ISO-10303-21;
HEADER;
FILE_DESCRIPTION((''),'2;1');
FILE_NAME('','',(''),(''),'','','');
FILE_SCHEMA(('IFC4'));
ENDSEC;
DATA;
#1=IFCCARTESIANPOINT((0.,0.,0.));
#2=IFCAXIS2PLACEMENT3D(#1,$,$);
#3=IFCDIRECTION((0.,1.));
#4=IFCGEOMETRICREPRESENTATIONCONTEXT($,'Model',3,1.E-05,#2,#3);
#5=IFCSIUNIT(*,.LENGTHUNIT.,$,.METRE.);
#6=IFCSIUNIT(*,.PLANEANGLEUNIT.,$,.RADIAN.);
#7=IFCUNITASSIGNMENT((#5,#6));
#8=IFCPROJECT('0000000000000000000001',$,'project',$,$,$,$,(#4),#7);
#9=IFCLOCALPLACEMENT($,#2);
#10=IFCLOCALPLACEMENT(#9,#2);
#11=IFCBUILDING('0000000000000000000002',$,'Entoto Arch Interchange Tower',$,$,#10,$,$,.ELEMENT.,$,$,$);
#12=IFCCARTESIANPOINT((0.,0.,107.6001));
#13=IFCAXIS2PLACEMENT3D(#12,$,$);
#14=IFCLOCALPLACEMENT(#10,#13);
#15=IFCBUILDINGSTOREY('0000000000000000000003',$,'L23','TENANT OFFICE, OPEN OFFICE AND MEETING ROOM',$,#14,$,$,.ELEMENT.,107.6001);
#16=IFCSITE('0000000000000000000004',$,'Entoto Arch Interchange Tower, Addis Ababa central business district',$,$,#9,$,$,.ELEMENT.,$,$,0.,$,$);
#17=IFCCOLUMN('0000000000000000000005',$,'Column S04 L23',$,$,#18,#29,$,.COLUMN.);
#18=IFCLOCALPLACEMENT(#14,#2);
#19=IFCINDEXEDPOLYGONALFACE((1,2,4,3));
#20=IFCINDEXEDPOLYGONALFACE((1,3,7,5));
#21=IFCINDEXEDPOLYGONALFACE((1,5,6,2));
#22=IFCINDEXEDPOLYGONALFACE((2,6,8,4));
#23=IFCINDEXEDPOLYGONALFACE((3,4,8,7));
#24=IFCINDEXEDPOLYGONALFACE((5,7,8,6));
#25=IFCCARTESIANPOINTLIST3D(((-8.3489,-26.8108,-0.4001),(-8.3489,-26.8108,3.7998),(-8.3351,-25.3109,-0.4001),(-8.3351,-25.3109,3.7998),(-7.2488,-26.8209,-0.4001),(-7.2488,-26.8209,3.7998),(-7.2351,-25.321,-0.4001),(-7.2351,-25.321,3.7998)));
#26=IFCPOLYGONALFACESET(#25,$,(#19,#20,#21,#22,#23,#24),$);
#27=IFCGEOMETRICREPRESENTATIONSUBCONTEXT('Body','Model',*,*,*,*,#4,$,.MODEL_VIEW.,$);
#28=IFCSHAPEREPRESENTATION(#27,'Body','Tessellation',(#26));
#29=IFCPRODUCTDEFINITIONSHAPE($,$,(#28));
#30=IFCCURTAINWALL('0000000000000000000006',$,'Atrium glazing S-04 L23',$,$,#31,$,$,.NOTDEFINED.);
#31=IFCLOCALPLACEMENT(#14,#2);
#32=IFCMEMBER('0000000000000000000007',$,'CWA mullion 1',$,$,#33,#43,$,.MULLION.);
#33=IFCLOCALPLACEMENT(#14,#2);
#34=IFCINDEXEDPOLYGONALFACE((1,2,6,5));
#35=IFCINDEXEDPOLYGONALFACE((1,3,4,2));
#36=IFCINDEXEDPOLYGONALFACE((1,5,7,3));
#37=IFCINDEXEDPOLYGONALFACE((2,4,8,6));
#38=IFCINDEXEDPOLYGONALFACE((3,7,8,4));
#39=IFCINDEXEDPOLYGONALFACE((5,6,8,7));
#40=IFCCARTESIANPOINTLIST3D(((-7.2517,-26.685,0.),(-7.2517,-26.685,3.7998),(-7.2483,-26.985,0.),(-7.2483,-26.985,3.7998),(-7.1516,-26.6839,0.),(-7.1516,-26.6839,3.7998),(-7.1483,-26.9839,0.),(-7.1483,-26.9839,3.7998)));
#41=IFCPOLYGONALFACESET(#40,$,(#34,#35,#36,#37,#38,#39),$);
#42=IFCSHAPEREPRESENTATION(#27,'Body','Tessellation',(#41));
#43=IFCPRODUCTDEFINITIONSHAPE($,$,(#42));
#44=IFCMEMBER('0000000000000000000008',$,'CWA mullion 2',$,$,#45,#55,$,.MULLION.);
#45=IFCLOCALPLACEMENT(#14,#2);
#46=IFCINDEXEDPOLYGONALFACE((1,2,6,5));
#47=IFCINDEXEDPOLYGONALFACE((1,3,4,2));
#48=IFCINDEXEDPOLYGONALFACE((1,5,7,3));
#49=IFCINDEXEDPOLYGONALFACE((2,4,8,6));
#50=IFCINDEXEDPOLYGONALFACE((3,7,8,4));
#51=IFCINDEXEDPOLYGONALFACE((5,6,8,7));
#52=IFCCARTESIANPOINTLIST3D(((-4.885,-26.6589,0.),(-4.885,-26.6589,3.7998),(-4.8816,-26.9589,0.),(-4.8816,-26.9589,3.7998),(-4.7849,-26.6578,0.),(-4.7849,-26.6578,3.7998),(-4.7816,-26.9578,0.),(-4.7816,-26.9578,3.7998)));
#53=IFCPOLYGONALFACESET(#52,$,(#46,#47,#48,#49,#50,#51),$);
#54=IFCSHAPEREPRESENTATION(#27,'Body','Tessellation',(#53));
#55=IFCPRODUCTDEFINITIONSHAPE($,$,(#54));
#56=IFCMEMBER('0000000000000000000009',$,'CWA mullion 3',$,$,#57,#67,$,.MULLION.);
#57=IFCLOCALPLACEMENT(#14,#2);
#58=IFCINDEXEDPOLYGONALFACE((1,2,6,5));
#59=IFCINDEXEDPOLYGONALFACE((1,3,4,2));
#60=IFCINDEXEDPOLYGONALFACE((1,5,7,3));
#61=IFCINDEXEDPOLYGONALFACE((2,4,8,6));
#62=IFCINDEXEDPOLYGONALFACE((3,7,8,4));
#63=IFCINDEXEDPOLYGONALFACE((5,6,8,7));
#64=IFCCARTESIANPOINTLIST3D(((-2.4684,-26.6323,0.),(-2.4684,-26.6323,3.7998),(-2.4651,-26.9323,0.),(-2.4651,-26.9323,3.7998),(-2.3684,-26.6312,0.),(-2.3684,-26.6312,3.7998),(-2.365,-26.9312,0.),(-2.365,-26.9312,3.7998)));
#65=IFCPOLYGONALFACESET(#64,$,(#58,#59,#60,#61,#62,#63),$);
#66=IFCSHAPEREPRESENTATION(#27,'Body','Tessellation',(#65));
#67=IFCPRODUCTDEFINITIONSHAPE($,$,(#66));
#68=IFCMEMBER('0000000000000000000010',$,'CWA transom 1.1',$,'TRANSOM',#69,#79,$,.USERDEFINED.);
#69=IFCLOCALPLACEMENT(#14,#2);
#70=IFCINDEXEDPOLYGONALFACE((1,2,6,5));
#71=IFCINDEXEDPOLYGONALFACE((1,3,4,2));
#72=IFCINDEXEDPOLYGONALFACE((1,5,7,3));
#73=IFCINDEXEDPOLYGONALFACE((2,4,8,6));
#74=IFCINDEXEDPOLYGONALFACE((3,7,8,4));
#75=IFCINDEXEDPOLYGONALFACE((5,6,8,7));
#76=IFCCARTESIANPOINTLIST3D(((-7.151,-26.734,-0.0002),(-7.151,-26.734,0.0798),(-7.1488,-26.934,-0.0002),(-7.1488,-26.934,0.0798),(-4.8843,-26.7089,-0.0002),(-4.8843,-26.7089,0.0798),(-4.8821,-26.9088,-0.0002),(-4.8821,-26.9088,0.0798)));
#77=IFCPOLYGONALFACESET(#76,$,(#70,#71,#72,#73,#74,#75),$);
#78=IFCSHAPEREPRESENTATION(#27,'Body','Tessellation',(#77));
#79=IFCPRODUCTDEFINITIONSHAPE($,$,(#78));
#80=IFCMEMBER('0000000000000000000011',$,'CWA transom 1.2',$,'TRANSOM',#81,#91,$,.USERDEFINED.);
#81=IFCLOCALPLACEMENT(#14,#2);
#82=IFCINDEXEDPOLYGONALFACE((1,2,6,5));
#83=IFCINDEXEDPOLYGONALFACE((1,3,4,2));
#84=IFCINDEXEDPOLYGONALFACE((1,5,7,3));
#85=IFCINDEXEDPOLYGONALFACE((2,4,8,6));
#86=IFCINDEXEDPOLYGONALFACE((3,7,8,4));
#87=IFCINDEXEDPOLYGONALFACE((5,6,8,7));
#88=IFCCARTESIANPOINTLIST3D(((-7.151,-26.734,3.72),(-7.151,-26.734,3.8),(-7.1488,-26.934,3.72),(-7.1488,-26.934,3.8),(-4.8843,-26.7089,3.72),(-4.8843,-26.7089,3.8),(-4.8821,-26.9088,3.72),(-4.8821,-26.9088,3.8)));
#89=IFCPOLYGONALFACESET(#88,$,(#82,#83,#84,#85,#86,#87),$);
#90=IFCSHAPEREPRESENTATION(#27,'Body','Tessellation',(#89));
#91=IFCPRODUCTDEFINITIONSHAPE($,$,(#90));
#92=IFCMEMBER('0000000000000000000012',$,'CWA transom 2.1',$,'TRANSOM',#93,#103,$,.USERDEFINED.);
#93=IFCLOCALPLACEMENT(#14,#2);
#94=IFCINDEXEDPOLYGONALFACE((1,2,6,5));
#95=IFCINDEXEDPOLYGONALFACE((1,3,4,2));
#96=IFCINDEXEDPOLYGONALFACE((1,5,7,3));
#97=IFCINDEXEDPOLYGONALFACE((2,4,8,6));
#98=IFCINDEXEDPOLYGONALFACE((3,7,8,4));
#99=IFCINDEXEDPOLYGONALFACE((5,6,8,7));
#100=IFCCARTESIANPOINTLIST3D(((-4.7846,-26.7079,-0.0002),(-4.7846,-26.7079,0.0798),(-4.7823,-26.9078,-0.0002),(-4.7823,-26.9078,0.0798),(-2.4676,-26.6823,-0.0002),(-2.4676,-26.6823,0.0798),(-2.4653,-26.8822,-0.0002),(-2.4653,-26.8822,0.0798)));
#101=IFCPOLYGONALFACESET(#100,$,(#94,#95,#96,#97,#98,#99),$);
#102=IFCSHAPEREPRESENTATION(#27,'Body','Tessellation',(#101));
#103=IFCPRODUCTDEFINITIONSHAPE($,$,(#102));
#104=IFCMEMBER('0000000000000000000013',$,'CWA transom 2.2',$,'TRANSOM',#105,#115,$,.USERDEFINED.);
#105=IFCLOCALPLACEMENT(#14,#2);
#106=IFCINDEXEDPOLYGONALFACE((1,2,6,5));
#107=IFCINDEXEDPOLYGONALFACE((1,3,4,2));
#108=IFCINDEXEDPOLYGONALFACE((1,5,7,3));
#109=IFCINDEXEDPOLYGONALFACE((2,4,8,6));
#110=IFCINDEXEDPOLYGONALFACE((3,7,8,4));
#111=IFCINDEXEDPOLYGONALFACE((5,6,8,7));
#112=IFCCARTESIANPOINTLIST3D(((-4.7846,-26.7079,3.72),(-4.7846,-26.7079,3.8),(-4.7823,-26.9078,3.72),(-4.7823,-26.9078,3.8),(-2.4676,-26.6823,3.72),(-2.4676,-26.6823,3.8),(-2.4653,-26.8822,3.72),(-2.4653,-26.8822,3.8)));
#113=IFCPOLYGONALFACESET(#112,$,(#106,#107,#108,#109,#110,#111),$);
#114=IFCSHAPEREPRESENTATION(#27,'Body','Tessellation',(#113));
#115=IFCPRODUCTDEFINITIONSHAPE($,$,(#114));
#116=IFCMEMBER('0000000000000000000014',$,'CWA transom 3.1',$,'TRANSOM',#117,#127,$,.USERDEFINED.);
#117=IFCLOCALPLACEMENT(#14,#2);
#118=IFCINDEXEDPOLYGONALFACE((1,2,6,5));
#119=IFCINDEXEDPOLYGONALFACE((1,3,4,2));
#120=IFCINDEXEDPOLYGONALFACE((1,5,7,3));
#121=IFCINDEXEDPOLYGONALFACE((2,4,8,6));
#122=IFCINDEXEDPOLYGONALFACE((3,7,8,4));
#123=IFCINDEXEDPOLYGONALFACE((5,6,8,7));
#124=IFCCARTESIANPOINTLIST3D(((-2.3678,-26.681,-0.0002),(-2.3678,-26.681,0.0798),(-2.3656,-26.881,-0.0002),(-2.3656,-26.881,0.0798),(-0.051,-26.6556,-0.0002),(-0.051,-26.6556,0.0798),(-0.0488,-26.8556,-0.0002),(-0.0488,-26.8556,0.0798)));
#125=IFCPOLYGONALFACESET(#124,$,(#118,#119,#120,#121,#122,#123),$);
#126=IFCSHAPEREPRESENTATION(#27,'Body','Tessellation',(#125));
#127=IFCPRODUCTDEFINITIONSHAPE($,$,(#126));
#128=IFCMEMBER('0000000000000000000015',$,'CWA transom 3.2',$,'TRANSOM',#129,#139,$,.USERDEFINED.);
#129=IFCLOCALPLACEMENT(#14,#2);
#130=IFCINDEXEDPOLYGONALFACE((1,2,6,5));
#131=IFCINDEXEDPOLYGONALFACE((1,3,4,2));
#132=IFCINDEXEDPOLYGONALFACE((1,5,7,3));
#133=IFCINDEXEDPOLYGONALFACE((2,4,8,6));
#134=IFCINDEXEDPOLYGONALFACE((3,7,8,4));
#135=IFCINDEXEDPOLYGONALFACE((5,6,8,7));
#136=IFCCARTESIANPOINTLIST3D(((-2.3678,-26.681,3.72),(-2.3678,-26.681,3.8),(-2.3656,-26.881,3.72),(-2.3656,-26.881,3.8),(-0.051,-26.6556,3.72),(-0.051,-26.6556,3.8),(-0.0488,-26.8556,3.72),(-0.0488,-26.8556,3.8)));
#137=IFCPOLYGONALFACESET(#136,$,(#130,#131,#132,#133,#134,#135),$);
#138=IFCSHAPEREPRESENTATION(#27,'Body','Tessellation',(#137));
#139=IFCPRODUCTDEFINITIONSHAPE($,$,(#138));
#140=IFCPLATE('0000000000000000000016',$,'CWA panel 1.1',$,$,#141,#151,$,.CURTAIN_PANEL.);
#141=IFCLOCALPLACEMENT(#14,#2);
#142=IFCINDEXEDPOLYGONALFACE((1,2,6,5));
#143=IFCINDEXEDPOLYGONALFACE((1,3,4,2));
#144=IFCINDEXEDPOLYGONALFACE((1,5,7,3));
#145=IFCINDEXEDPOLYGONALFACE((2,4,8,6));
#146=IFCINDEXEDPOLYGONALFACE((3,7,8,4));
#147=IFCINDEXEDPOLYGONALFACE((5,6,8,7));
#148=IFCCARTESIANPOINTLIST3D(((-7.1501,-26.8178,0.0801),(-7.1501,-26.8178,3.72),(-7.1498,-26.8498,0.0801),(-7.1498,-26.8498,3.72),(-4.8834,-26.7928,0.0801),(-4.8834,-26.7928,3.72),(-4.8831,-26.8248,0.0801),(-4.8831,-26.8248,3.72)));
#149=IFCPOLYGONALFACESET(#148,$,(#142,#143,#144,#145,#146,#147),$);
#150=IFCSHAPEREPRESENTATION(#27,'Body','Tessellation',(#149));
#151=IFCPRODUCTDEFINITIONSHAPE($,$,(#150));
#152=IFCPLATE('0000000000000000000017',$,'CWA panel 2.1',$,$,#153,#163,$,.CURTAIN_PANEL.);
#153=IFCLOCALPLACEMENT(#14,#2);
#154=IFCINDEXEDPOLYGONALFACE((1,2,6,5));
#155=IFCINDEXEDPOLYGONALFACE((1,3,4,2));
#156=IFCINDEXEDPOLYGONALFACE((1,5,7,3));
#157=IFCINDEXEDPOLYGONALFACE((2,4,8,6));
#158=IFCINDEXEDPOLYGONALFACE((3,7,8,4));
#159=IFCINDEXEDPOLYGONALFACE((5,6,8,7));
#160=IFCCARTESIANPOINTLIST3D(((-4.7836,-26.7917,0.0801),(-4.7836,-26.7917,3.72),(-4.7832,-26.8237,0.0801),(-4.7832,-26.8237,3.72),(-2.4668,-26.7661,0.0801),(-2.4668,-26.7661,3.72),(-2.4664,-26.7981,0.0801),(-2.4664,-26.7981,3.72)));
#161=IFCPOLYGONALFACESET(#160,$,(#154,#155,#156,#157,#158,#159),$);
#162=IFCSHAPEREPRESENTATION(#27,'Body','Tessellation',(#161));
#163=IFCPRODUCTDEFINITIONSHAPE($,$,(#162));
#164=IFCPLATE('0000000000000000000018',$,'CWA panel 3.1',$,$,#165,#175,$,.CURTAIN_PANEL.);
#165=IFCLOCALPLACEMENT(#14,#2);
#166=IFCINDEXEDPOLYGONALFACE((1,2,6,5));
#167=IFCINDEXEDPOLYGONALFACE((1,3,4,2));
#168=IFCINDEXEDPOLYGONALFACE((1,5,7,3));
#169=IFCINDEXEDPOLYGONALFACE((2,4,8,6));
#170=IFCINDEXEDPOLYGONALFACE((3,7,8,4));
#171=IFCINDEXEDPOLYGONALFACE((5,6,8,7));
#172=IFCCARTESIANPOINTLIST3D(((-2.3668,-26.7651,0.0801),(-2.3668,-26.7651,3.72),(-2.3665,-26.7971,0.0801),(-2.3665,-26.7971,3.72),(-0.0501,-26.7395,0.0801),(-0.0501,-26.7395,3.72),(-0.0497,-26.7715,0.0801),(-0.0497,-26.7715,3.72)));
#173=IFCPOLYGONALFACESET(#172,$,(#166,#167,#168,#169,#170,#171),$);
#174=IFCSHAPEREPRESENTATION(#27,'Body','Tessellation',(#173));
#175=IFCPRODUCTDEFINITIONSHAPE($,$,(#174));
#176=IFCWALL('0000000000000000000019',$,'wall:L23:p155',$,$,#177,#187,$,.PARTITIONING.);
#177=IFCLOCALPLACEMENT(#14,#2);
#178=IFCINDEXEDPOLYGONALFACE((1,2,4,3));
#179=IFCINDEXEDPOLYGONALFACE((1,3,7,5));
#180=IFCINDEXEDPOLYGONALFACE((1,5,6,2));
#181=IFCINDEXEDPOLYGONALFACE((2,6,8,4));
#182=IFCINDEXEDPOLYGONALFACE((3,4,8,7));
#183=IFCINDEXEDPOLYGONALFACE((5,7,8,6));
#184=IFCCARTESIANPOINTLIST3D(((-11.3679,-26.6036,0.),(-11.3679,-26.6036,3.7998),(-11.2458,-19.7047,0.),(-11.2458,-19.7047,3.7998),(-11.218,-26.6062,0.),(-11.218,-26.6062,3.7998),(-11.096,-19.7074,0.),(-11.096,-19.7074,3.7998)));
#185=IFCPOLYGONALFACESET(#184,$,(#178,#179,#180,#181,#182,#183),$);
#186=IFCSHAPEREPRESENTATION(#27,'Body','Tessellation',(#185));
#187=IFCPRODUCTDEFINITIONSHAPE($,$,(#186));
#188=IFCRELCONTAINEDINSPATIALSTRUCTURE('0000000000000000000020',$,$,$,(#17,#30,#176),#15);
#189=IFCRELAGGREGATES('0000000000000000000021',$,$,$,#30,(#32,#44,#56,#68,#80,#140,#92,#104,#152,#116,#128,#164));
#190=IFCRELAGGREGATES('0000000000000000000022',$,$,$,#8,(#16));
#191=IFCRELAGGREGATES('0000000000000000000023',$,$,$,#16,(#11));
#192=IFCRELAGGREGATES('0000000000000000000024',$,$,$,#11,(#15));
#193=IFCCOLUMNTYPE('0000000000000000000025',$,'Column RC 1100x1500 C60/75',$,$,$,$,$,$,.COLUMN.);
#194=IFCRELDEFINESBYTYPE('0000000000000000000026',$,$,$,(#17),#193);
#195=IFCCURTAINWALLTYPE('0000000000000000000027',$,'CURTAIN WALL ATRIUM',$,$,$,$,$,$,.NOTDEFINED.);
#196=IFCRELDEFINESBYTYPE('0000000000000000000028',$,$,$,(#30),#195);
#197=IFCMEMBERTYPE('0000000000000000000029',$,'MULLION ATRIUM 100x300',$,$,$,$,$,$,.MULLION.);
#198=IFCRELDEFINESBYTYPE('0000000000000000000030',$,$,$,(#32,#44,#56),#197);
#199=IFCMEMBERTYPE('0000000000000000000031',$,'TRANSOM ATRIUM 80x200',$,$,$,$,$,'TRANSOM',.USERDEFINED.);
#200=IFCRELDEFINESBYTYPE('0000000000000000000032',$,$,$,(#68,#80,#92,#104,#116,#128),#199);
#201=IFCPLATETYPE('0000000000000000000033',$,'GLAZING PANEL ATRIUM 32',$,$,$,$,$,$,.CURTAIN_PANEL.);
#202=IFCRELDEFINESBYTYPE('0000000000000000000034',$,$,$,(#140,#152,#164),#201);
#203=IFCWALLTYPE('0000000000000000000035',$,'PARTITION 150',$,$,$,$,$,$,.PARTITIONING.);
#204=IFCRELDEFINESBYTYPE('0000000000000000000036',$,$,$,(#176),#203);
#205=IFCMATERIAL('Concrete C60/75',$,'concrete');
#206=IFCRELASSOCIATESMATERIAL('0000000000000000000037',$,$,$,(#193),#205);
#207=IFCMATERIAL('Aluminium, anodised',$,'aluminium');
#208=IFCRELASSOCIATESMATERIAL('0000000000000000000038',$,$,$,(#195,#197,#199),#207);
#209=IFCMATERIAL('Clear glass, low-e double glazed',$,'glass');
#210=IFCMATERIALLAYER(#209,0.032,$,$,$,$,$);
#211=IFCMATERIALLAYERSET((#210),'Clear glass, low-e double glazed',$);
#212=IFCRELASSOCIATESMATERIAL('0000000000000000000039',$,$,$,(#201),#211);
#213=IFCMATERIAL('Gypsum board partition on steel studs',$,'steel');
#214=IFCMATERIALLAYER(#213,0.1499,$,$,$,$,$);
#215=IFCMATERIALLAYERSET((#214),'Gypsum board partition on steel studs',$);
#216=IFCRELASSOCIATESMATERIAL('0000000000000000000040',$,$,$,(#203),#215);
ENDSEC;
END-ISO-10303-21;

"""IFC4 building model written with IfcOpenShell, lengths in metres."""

from ifc_helpers import new_model, si_unit, direction, frame, frame_2d, origin, origin_2d, place, context, subcontext, project, spatial, rectangle, extrude, material, layer, layer_set, material_profile, profile_set, type_object, element, aggregate, save


model = new_model("IFC4")

# Units and contexts
model_context = context("Model", 3, precision=1e-05, world=origin(), true_north=direction((0.0, 1.0)))
body_context = subcontext(model_context, "Body", "Model", "MODEL_VIEW")
ifc_project = project(units=[si_unit("LENGTHUNIT", "METRE"), si_unit("PLANEANGLEUNIT", "RADIAN")], contexts=[model_context])

# Site, building, storey
site_placement = place(None, origin())
site = spatial("IfcSite", under=ifc_project, at=site_placement, Name="Entoto Arch Interchange Tower, Addis Ababa central business district", CompositionType="ELEMENT", RefElevation=0.0)
building_placement = place(site_placement, origin())
building = spatial("IfcBuilding", under=site, at=building_placement, Name="Entoto Arch Interchange Tower", CompositionType="ELEMENT")
storey_placement = place(building_placement, frame((0.0, 0.0, 107.6001)))
storey = spatial("IfcBuildingStorey", under=building, at=storey_placement, Name="L23", Description="TENANT OFFICE, OPEN OFFICE AND MEETING ROOM", CompositionType="ELEMENT", Elevation=107.6001)

# Column
ifc_material_1 = material(Name="Concrete C60/75", Category="concrete")
ifc_material_profile_1 = material_profile(ifc_material_1, rectangle(XDim=1.1001, YDim=1.5, at=origin_2d()))
ifc_profile_set_1 = profile_set([ifc_material_profile_1], Name="Concrete C60/75")
column_type = type_object("IfcColumnType", Name="Column RC 1100x1500 C60/75", PredefinedType="COLUMN", material=ifc_profile_set_1)
column_placement = place(storey_placement, frame((-7.792, -26.0659, -0.4001), z_axis=(0.0, 0.0, 1.0), x_axis=(-0.999958, 0.009163, 0.0)))
element("IfcColumn", 1, at=column_placement, inside=storey, type_object=column_type, Name="Column S04 L23", PredefinedType="COLUMN", context=body_context, shape_type="SweptSolid", body=[
    extrude(rectangle(XDim=1.1001, YDim=1.5, at=origin_2d()), origin(), (0.0, 0.0, 1.0), 4.2),
])

# Curtain wall, members, plates
ifc_material_2 = material(Name="Aluminium, anodised", Category="aluminium")
curtain_wall_type = type_object("IfcCurtainWallType", Name="CURTAIN WALL ATRIUM", PredefinedType="NOTDEFINED", material=ifc_material_2)
curtain_wall_placement = place(storey_placement, origin())
curtain_wall = element("IfcCurtainWall", 2, at=curtain_wall_placement, inside=storey, type_object=curtain_wall_type, Name="Atrium glazing S-04 L23", PredefinedType="NOTDEFINED")
ifc_material_profile_2 = material_profile(ifc_material_2, rectangle(XDim=0.3, YDim=0.1001, at=origin_2d()))
ifc_profile_set_2 = profile_set([ifc_material_profile_2], Name="Aluminium, anodised")
member_type_1 = type_object("IfcMemberType", Name="MULLION ATRIUM 100x300", PredefinedType="MULLION", material=ifc_profile_set_2)
member_1_placement = place(storey_placement, frame((-7.2, -26.8345, 0.0), z_axis=(0.0, 0.0, 1.0), x_axis=(-0.011034, 0.999939, 0.0)))
member_1 = element("IfcMember", 3, at=member_1_placement, type_object=member_type_1, Name="CWA mullion 1", PredefinedType="MULLION", context=body_context, shape_type="SweptSolid", body=[
    extrude(rectangle(XDim=0.3, YDim=0.1001, at=origin_2d()), origin(), (0.0, 0.0, 1.0), 3.7998),
])
member_2_placement = place(storey_placement, frame((-4.8333, -26.8083, 0.0), z_axis=(0.0, 0.0, 1.0), x_axis=(-0.011034, 0.999939, 0.0)))
member_2 = element("IfcMember", 4, at=member_2_placement, type_object=member_type_1, Name="CWA mullion 2", PredefinedType="MULLION", context=body_context, shape_type="SweptSolid", body=[
    extrude(rectangle(XDim=0.3, YDim=0.1001, at=origin_2d()), origin(), (0.0, 0.0, 1.0), 3.7998),
])
member_3_placement = place(storey_placement, frame((-2.4167, -26.7817, 0.0), z_axis=(0.0, 0.0, 1.0), x_axis=(-0.011034, 0.999939, 0.0)))
member_3 = element("IfcMember", 5, at=member_3_placement, type_object=member_type_1, Name="CWA mullion 3", PredefinedType="MULLION", context=body_context, shape_type="SweptSolid", body=[
    extrude(rectangle(XDim=0.3, YDim=0.1001, at=origin_2d()), origin(), (0.0, 0.0, 1.0), 3.7998),
])
ifc_material_profile_3 = material_profile(ifc_material_2, rectangle(XDim=0.2, YDim=0.0801, at=origin_2d()))
ifc_profile_set_3 = profile_set([ifc_material_profile_3], Name="Aluminium, anodised")
member_type_2 = type_object("IfcMemberType", Name="TRANSOM ATRIUM 80x200", ElementType="TRANSOM", PredefinedType="USERDEFINED", material=ifc_profile_set_3)
member_4_placement = place(storey_placement, frame((-7.1499, -26.834, 0.0398), z_axis=(0.999938, 0.011094, 0.0), x_axis=(-0.011094, 0.999938, 0.0)))
member_4 = element("IfcMember", 6, at=member_4_placement, type_object=member_type_2, Name="CWA transom 1.1", ObjectType="TRANSOM", PredefinedType="USERDEFINED", context=body_context, shape_type="SweptSolid", body=[
    extrude(rectangle(XDim=0.2, YDim=0.0801, at=origin_2d()), origin(), (0.0, 0.0, 1.0), 2.2668),
])
member_5_placement = place(storey_placement, frame((-7.1499, -26.834, 3.76), z_axis=(0.999938, 0.011094, 0.0), x_axis=(-0.011094, 0.999938, 0.0)))
member_5 = element("IfcMember", 7, at=member_5_placement, type_object=member_type_2, Name="CWA transom 1.2", ObjectType="TRANSOM", PredefinedType="USERDEFINED", context=body_context, shape_type="SweptSolid", body=[
    extrude(rectangle(XDim=0.2, YDim=0.0801, at=origin_2d()), origin(), (0.0, 0.0, 1.0), 2.2668),
])
member_6_placement = place(storey_placement, frame((-4.7834, -26.8079, 0.0398), z_axis=(0.999939, 0.011064, 0.0), x_axis=(-0.011064, 0.999939, 0.0)))
member_6 = element("IfcMember", 8, at=member_6_placement, type_object=member_type_2, Name="CWA transom 2.1", ObjectType="TRANSOM", PredefinedType="USERDEFINED", context=body_context, shape_type="SweptSolid", body=[
    extrude(rectangle(XDim=0.2, YDim=0.0801, at=origin_2d()), origin(), (0.0, 0.0, 1.0), 2.3171),
])
member_7_placement = place(storey_placement, frame((-4.7834, -26.8079, 3.76), z_axis=(0.999939, 0.011064, 0.0), x_axis=(-0.011064, 0.999939, 0.0)))
member_7 = element("IfcMember", 9, at=member_7_placement, type_object=member_type_2, Name="CWA transom 2.2", ObjectType="TRANSOM", PredefinedType="USERDEFINED", context=body_context, shape_type="SweptSolid", body=[
    extrude(rectangle(XDim=0.2, YDim=0.0801, at=origin_2d()), origin(), (0.0, 0.0, 1.0), 2.3171),
])
member_8_placement = place(storey_placement, frame((-2.3667, -26.781, 0.0398), z_axis=(0.99994, 0.010959, 0.0), x_axis=(-0.010959, 0.99994, 0.0)))
member_8 = element("IfcMember", 10, at=member_8_placement, type_object=member_type_2, Name="CWA transom 3.1", ObjectType="TRANSOM", PredefinedType="USERDEFINED", context=body_context, shape_type="SweptSolid", body=[
    extrude(rectangle(XDim=0.2, YDim=0.0801, at=origin_2d()), origin(), (0.0, 0.0, 1.0), 2.3169),
])
member_9_placement = place(storey_placement, frame((-2.3667, -26.781, 3.76), z_axis=(0.99994, 0.010959, 0.0), x_axis=(-0.010959, 0.99994, 0.0)))
member_9 = element("IfcMember", 11, at=member_9_placement, type_object=member_type_2, Name="CWA transom 3.2", ObjectType="TRANSOM", PredefinedType="USERDEFINED", context=body_context, shape_type="SweptSolid", body=[
    extrude(rectangle(XDim=0.2, YDim=0.0801, at=origin_2d()), origin(), (0.0, 0.0, 1.0), 2.3169),
])
ifc_material_3 = material(Name="Clear glass, low-e double glazed", Category="glass")
ifc_layer_1 = layer(ifc_material_3, 0.032)
ifc_layer_set_1 = layer_set([ifc_layer_1], Name="Clear glass, low-e double glazed")
plate_type = type_object("IfcPlateType", Name="GLAZING PANEL ATRIUM 32", PredefinedType="CURTAIN_PANEL", material=ifc_layer_set_1)
plate_1_placement = place(storey_placement, frame((-6.0166, -26.8213, 0.0801), z_axis=(0.0, 0.0, 1.0), x_axis=(0.999939, 0.011034, 0.0)))
plate_1 = element("IfcPlate", 12, at=plate_1_placement, type_object=plate_type, Name="CWA panel 1.1", PredefinedType="CURTAIN_PANEL", context=body_context, shape_type="SweptSolid", body=[
    extrude(rectangle(XDim=2.2668, YDim=0.032, at=origin_2d()), origin(), (0.0, 0.0, 1.0), 3.6399),
])
plate_2_placement = place(storey_placement, frame((-3.625, -26.7949, 0.0801), z_axis=(0.0, 0.0, 1.0), x_axis=(0.999939, 0.011034, 0.0)))
plate_2 = element("IfcPlate", 13, at=plate_2_placement, type_object=plate_type, Name="CWA panel 2.1", PredefinedType="CURTAIN_PANEL", context=body_context, shape_type="SweptSolid", body=[
    extrude(rectangle(XDim=2.3169, YDim=0.032, at=origin_2d()), origin(), (0.0, 0.0, 1.0), 3.6399),
])
plate_3_placement = place(storey_placement, frame((-1.2083, -26.7683, 0.0801), z_axis=(0.0, 0.0, 1.0), x_axis=(0.999939, 0.011034, 0.0)))
plate_3 = element("IfcPlate", 14, at=plate_3_placement, type_object=plate_type, Name="CWA panel 3.1", PredefinedType="CURTAIN_PANEL", context=body_context, shape_type="SweptSolid", body=[
    extrude(rectangle(XDim=2.3169, YDim=0.032, at=origin_2d()), origin(), (0.0, 0.0, 1.0), 3.6399),
])
aggregate(curtain_wall, [member_1, member_2, member_3, member_4, member_5, plate_1, member_6, member_7, plate_2, member_8, member_9, plate_3])

# Wall
ifc_material_4 = material(Name="Gypsum board partition on steel studs", Category="steel")
ifc_layer_2 = layer(ifc_material_4, 0.1499)
ifc_layer_set_2 = layer_set([ifc_layer_2], Name="Gypsum board partition on steel studs")
wall_type_1 = type_object("IfcWallType", Name="PARTITION 150", PredefinedType="PARTITIONING", material=ifc_layer_set_2)
wall_1_placement = place(storey_placement, frame((-11.1709, -19.7061, 0.0), z_axis=(0.0, 0.0, 1.0), x_axis=(-0.017691, -0.999843, 0.0)))
element("IfcWall", 15, at=wall_1_placement, inside=storey, type_object=wall_type_1, Name="wall:L23:p155", PredefinedType="PARTITIONING", context=body_context, shape_type="SweptSolid", body=[
    extrude(rectangle(XDim=6.8999, YDim=0.1499, at=frame_2d((3.45, 0.0))), origin(), (0.0, 0.0, 1.0), 3.7998),
])

save(model, "model.ifc")
